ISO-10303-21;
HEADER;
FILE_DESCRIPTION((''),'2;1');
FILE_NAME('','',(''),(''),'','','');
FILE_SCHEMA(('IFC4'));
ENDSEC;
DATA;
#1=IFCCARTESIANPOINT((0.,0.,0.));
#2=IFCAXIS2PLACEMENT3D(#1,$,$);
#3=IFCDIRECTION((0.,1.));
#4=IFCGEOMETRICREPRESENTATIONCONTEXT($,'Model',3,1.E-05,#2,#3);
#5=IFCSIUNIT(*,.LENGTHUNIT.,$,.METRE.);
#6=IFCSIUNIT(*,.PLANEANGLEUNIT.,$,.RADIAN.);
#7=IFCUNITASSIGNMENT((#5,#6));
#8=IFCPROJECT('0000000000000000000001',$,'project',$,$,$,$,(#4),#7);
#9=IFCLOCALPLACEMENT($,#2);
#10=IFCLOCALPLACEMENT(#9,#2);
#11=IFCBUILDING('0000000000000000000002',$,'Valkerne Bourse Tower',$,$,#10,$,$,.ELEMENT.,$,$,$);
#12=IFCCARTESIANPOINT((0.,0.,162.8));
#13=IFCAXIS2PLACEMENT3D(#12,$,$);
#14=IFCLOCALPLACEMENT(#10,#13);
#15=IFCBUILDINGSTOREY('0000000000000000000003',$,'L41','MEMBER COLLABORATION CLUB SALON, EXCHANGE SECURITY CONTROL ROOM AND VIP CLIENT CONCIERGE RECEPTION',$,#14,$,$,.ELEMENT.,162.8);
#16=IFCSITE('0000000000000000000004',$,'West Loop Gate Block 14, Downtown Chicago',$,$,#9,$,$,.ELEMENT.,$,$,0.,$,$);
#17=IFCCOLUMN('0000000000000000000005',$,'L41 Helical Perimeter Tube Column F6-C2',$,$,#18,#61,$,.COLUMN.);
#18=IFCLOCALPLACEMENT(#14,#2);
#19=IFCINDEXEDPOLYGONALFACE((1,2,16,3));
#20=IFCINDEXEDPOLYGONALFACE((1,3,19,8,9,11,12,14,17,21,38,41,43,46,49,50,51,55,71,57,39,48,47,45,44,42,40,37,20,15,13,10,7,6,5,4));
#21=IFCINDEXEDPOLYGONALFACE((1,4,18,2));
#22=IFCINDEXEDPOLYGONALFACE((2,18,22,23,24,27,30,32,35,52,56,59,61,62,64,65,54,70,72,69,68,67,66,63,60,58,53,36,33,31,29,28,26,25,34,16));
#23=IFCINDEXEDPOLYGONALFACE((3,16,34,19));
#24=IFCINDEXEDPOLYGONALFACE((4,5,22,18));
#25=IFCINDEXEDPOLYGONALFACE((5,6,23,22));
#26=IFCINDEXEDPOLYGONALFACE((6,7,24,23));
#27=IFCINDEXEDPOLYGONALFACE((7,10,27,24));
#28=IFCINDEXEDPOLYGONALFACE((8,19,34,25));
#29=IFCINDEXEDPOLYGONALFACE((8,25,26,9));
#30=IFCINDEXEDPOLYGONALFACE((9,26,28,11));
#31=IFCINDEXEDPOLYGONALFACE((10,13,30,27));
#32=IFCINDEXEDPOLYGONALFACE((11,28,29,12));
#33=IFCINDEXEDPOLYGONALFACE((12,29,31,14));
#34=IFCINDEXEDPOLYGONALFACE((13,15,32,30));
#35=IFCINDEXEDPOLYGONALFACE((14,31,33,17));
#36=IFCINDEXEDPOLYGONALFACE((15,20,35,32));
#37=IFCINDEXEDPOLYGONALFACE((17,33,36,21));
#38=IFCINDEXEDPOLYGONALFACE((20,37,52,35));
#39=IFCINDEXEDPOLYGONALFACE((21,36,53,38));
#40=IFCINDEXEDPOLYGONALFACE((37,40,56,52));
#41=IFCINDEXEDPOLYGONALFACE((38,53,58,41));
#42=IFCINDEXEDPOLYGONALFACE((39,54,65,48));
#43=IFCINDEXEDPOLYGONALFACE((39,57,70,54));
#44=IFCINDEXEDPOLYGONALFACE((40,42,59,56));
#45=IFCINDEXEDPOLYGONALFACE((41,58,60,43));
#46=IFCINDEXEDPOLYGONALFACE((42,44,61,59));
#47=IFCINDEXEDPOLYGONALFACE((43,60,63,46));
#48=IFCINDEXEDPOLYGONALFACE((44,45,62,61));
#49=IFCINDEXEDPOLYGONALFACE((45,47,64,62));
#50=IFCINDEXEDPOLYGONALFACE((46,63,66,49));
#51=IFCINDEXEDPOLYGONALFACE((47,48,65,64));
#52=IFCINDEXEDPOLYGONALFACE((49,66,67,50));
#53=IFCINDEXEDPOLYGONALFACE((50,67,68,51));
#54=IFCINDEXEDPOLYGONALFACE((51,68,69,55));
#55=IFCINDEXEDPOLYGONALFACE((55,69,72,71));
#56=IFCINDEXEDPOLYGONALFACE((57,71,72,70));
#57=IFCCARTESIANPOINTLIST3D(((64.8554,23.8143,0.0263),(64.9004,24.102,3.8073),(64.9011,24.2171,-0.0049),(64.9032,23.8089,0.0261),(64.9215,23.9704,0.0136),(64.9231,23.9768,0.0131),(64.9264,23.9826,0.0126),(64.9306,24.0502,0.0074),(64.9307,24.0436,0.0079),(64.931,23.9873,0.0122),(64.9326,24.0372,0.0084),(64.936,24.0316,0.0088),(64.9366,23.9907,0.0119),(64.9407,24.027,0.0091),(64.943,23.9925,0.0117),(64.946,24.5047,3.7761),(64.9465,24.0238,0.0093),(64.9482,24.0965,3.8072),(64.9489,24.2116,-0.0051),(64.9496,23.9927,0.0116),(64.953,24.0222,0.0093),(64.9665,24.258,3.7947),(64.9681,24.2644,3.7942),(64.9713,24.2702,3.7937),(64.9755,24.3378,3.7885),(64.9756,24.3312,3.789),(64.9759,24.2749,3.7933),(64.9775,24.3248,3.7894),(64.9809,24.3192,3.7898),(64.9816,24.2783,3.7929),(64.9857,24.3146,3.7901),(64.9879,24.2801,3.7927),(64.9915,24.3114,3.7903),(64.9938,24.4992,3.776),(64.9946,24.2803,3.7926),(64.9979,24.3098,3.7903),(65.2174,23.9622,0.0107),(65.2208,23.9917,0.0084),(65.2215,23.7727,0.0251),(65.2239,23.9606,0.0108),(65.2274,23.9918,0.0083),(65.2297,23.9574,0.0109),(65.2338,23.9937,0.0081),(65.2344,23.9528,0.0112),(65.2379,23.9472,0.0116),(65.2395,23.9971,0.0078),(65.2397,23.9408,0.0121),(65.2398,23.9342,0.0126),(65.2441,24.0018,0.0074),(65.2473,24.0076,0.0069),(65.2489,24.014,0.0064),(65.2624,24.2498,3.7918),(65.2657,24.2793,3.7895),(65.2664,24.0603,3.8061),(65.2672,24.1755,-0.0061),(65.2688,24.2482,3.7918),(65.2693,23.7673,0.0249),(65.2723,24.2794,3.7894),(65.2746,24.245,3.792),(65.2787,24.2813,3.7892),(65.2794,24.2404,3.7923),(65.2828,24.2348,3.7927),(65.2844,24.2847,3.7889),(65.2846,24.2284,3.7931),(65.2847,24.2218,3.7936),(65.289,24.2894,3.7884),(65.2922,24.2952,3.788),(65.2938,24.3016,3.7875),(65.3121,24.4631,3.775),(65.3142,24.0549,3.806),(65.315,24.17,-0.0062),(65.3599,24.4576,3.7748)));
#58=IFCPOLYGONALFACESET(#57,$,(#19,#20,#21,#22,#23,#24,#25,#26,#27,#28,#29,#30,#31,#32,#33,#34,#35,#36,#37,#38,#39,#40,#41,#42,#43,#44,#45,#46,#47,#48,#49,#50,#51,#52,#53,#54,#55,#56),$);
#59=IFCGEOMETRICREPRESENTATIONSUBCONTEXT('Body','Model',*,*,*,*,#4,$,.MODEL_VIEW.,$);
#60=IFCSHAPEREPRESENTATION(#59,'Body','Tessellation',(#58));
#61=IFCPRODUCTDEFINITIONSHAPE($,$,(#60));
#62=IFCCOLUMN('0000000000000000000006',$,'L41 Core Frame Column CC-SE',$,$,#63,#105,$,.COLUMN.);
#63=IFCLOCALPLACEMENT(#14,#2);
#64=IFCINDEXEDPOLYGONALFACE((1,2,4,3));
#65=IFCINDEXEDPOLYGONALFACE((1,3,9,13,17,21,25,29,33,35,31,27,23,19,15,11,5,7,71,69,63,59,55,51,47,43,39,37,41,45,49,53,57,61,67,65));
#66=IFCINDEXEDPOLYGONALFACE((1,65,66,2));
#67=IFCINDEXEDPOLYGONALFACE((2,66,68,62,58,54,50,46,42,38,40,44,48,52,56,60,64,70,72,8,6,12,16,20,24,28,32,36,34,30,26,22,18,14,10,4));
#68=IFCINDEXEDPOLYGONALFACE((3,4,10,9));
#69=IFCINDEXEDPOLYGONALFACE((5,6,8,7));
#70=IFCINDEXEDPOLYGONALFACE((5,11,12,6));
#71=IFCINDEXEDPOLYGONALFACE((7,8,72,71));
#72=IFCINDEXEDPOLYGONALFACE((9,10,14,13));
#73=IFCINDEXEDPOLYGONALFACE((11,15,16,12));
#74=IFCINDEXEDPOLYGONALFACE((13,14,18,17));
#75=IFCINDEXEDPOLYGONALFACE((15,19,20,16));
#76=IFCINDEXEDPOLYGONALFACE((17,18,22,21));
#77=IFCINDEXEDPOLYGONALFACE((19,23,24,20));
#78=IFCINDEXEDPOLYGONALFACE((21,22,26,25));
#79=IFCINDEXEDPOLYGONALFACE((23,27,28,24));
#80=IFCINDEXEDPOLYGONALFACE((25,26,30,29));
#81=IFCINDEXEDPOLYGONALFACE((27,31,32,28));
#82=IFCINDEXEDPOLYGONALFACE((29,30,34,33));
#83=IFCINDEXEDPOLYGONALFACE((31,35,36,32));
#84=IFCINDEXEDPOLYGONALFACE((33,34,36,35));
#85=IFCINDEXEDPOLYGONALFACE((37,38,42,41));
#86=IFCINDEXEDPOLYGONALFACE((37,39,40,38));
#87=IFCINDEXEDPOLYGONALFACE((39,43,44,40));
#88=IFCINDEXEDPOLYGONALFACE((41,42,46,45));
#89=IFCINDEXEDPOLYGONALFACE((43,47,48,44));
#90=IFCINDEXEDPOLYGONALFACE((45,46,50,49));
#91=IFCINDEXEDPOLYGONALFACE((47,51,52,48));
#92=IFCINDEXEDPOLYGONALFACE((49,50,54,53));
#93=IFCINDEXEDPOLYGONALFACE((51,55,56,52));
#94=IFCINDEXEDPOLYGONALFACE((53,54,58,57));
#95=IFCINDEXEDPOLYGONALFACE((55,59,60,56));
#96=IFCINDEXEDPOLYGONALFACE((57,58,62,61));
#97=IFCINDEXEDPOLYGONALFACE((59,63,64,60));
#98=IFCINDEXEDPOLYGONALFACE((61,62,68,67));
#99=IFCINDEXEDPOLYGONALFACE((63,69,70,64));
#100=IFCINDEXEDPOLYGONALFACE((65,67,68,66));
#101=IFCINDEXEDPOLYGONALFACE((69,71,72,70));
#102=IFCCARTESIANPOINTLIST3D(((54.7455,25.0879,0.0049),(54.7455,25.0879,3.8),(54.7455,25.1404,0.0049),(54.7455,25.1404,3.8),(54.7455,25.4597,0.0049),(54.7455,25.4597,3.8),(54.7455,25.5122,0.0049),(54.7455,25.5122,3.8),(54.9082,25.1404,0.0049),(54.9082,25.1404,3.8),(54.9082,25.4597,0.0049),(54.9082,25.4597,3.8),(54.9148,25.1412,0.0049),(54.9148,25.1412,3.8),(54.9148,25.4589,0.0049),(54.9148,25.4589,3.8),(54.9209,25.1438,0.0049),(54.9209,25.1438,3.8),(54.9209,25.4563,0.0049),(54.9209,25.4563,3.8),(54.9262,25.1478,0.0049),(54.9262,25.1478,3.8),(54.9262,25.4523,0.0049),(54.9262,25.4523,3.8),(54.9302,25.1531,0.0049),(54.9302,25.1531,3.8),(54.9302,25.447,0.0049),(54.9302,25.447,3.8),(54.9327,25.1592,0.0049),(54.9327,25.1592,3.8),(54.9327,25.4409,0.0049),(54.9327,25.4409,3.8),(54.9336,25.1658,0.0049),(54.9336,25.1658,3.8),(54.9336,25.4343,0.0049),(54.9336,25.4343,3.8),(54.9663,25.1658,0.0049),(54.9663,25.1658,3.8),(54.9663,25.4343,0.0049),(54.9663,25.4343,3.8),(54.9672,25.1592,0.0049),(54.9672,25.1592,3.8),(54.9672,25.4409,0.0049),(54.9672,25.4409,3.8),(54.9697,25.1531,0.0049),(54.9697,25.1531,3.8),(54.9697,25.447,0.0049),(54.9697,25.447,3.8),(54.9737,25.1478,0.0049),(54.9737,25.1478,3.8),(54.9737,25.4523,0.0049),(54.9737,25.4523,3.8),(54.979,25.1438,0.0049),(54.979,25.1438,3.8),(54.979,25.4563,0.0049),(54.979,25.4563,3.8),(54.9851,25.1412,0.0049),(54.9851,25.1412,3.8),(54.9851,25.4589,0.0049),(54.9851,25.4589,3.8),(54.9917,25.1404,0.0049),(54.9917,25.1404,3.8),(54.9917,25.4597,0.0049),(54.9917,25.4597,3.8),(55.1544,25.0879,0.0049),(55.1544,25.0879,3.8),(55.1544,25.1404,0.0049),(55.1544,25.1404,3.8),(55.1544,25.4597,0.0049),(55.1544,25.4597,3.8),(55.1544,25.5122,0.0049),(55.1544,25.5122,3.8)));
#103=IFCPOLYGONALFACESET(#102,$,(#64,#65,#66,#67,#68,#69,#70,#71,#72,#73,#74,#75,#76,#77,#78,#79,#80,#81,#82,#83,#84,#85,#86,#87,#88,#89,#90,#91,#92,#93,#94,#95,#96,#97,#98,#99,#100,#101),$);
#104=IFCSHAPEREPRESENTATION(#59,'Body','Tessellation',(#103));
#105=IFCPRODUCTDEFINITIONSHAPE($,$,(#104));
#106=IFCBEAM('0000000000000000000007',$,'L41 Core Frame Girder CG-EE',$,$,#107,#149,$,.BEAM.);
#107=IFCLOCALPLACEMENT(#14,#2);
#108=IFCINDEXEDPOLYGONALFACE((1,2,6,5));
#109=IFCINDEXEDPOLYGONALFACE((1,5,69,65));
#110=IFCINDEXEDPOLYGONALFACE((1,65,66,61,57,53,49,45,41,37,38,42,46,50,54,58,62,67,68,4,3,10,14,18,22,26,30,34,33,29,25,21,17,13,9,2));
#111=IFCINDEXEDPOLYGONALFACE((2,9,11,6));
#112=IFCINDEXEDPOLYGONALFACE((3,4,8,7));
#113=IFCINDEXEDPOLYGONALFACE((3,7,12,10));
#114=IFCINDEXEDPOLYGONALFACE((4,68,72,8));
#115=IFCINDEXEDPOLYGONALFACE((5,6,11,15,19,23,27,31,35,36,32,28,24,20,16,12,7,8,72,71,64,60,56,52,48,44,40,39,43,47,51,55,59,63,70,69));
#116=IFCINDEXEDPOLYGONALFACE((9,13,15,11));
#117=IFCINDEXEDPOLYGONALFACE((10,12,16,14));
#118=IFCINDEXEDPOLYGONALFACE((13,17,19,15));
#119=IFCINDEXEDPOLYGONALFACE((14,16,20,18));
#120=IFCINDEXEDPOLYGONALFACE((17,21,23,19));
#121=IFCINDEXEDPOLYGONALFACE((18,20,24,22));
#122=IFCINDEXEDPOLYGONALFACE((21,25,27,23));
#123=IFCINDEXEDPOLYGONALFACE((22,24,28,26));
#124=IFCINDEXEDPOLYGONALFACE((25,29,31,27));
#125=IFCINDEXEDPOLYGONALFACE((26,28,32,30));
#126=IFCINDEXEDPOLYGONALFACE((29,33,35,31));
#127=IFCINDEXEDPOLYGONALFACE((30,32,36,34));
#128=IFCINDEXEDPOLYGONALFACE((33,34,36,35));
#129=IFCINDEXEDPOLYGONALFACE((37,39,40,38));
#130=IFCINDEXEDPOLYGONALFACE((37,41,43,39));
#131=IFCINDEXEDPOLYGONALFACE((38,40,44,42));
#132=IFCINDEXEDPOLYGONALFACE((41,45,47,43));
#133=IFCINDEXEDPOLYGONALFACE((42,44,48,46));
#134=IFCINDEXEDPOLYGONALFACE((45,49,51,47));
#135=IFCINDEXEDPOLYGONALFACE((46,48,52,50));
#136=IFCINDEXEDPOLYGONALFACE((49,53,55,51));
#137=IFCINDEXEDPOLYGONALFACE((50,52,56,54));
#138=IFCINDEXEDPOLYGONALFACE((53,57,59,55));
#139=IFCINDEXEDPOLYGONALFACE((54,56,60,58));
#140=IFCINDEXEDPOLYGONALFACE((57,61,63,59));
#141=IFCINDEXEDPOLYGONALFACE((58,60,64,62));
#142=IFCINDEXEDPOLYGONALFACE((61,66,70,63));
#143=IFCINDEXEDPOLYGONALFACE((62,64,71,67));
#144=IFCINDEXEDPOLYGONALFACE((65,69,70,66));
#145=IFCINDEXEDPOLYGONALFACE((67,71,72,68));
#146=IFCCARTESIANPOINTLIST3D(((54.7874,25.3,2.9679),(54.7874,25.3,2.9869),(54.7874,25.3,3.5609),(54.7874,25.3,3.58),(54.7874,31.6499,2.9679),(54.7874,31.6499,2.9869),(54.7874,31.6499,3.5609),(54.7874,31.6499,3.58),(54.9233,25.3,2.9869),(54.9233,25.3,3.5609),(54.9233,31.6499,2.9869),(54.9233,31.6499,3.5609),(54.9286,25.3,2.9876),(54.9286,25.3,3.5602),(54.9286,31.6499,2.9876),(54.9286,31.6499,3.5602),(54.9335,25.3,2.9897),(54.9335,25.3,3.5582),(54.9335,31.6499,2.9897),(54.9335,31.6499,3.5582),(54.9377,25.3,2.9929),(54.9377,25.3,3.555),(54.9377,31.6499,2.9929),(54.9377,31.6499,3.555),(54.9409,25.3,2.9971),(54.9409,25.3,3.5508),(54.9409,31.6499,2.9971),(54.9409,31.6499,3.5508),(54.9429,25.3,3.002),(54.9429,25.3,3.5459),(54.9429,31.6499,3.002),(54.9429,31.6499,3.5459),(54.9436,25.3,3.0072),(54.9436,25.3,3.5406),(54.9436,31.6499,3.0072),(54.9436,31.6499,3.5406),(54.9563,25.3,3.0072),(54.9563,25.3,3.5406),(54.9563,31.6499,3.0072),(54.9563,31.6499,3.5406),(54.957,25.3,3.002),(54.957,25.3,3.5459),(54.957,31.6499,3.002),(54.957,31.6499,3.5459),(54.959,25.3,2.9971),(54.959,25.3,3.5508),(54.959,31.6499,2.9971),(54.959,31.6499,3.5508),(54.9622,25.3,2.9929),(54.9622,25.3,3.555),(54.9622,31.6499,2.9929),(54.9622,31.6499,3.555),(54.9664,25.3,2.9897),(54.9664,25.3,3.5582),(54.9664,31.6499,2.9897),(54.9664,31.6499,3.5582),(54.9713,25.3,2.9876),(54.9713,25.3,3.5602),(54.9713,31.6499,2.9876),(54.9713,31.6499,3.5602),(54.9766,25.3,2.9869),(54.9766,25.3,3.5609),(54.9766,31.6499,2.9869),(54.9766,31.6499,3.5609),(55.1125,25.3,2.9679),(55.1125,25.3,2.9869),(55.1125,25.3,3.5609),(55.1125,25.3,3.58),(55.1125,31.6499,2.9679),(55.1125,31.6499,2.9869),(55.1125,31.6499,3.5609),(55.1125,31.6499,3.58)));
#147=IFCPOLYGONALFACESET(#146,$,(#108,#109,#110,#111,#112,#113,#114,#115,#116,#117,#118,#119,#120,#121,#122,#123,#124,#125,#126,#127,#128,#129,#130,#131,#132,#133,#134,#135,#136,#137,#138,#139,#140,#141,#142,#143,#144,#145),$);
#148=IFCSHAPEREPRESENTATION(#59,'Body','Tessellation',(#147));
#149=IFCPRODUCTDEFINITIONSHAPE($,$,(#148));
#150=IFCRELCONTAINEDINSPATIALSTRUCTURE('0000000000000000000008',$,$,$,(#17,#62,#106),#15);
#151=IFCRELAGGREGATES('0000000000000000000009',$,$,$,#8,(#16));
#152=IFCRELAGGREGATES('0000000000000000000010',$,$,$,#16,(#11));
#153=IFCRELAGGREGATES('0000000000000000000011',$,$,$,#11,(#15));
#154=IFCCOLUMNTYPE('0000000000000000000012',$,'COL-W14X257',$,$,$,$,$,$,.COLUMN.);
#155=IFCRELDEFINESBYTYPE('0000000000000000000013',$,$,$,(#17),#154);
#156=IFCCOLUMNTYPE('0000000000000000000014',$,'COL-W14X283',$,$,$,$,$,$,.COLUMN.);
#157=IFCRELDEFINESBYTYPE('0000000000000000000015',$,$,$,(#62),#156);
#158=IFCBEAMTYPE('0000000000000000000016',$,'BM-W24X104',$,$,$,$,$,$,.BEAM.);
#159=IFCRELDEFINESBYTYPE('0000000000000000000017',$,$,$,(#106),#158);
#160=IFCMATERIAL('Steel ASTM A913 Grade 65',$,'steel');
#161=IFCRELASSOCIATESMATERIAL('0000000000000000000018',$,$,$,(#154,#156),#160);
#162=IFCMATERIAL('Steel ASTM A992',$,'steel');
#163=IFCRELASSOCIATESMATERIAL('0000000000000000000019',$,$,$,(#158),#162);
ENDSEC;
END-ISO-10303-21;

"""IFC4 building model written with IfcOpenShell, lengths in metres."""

from ifc_helpers import new_model, si_unit, direction, frame, origin, origin_2d, place, context, subcontext, project, spatial, i_section, extrude, material, material_profile, profile_set, type_object, element, save


model = new_model("IFC4")

# Units and contexts
model_context = context("Model", 3, precision=1e-05, world=origin(), true_north=direction((0.0, 1.0)))
body_context = subcontext(model_context, "Body", "Model", "MODEL_VIEW")
ifc_project = project(units=[si_unit("LENGTHUNIT", "METRE"), si_unit("PLANEANGLEUNIT", "RADIAN")], contexts=[model_context])

# Site, building, storey
site_placement = place(None, origin())
site = spatial("IfcSite", under=ifc_project, at=site_placement, Name="West Loop Gate Block 14, Downtown Chicago", CompositionType="ELEMENT", RefElevation=0.0)
building_placement = place(site_placement, origin())
building = spatial("IfcBuilding", under=site, at=building_placement, Name="Valkerne Bourse Tower", CompositionType="ELEMENT")
storey_placement = place(building_placement, frame((0.0, 0.0, 162.8)))
storey = spatial("IfcBuildingStorey", under=building, at=storey_placement, Name="L41", Description="MEMBER COLLABORATION CLUB SALON, EXCHANGE SECURITY CONTROL ROOM AND VIP CLIENT CONCIERGE RECEPTION", CompositionType="ELEMENT", Elevation=162.8)

# Columns
ifc_material_1 = material(Name="Steel ASTM A913 Grade 65", Category="steel")
ifc_material_profile_1 = material_profile(ifc_material_1, i_section(OverallWidth=0.4065, OverallDepth=0.4165, WebThickness=0.0298, FlangeThickness=0.0481, FilletRadius=0.0254, at=origin_2d()), Name="W14X257")
ifc_profile_set_1 = profile_set([ifc_material_profile_1], Name="Steel ASTM A913 Grade 65")
column_type_1 = type_object("IfcColumnType", Name="COL-W14X257", PredefinedType="COLUMN", material=ifc_profile_set_1)
column_1_placement = place(storey_placement, frame((65.0852, 23.9922, 0.01), z_axis=(0.011846, 0.075839, 0.99705), x_axis=(-0.112361, -0.990703, 0.076692)))
element("IfcColumn", 1, at=column_1_placement, inside=storey, type_object=column_type_1, Name="L41 Helical Perimeter Tube Column F6-C2", PredefinedType="COLUMN", context=body_context, shape_type="SweptSolid", body=[
    extrude(i_section(OverallWidth=0.4065, OverallDepth=0.4165, WebThickness=0.0298, FlangeThickness=0.0481, FilletRadius=0.0254, at=origin_2d()), origin(), (0.0, 0.0, 1.0), 3.7922),
])
ifc_material_profile_2 = material_profile(ifc_material_1, i_section(OverallWidth=0.4089, OverallDepth=0.4243, WebThickness=0.0327, FlangeThickness=0.0525, FilletRadius=0.0254, at=origin_2d()), Name="W14X283")
ifc_profile_set_2 = profile_set([ifc_material_profile_2], Name="Steel ASTM A913 Grade 65")
column_type_2 = type_object("IfcColumnType", Name="COL-W14X283", PredefinedType="COLUMN", material=ifc_profile_set_2)
column_2_placement = place(storey_placement, frame((54.95, 25.3, 0.0049), z_axis=(0.0, 0.0, 1.0), x_axis=(1.0, 0.0, 0.0)))
element("IfcColumn", 2, at=column_2_placement, inside=storey, type_object=column_type_2, Name="L41 Core Frame Column CC-SE", PredefinedType="COLUMN", context=body_context, shape_type="SweptSolid", body=[
    extrude(i_section(OverallWidth=0.4089, OverallDepth=0.4243, WebThickness=0.0327, FlangeThickness=0.0525, FilletRadius=0.0254, at=origin_2d()), origin(), (0.0, 0.0, 1.0), 3.7952),
])

# Beam
ifc_material_2 = material(Name="Steel ASTM A992", Category="steel")
ifc_material_profile_3 = material_profile(ifc_material_2, i_section(OverallWidth=0.3252, OverallDepth=0.6121, WebThickness=0.0127, FlangeThickness=0.019, FilletRadius=0.0203, at=origin_2d()), Name="W24X104")
ifc_profile_set_3 = profile_set([ifc_material_profile_3], Name="Steel ASTM A992")
beam_type_1 = type_object("IfcBeamType", Name="BM-W24X104", PredefinedType="BEAM", material=ifc_profile_set_3)
beam_1_placement = place(storey_placement, frame((54.95, 25.3, 3.2739), z_axis=(0.0, 1.0, 0.0), x_axis=(-1.0, 0.0, 0.0)))
element("IfcBeam", 3, at=beam_1_placement, inside=storey, type_object=beam_type_1, Name="L41 Core Frame Girder CG-EE", PredefinedType="BEAM", context=body_context, shape_type="SweptSolid", body=[
    extrude(i_section(OverallWidth=0.3252, OverallDepth=0.6121, WebThickness=0.0127, FlangeThickness=0.019, FilletRadius=0.0203, at=origin_2d()), origin(), (0.0, 0.0, 1.0), 6.3499),
])

save(model, "model.ifc")
